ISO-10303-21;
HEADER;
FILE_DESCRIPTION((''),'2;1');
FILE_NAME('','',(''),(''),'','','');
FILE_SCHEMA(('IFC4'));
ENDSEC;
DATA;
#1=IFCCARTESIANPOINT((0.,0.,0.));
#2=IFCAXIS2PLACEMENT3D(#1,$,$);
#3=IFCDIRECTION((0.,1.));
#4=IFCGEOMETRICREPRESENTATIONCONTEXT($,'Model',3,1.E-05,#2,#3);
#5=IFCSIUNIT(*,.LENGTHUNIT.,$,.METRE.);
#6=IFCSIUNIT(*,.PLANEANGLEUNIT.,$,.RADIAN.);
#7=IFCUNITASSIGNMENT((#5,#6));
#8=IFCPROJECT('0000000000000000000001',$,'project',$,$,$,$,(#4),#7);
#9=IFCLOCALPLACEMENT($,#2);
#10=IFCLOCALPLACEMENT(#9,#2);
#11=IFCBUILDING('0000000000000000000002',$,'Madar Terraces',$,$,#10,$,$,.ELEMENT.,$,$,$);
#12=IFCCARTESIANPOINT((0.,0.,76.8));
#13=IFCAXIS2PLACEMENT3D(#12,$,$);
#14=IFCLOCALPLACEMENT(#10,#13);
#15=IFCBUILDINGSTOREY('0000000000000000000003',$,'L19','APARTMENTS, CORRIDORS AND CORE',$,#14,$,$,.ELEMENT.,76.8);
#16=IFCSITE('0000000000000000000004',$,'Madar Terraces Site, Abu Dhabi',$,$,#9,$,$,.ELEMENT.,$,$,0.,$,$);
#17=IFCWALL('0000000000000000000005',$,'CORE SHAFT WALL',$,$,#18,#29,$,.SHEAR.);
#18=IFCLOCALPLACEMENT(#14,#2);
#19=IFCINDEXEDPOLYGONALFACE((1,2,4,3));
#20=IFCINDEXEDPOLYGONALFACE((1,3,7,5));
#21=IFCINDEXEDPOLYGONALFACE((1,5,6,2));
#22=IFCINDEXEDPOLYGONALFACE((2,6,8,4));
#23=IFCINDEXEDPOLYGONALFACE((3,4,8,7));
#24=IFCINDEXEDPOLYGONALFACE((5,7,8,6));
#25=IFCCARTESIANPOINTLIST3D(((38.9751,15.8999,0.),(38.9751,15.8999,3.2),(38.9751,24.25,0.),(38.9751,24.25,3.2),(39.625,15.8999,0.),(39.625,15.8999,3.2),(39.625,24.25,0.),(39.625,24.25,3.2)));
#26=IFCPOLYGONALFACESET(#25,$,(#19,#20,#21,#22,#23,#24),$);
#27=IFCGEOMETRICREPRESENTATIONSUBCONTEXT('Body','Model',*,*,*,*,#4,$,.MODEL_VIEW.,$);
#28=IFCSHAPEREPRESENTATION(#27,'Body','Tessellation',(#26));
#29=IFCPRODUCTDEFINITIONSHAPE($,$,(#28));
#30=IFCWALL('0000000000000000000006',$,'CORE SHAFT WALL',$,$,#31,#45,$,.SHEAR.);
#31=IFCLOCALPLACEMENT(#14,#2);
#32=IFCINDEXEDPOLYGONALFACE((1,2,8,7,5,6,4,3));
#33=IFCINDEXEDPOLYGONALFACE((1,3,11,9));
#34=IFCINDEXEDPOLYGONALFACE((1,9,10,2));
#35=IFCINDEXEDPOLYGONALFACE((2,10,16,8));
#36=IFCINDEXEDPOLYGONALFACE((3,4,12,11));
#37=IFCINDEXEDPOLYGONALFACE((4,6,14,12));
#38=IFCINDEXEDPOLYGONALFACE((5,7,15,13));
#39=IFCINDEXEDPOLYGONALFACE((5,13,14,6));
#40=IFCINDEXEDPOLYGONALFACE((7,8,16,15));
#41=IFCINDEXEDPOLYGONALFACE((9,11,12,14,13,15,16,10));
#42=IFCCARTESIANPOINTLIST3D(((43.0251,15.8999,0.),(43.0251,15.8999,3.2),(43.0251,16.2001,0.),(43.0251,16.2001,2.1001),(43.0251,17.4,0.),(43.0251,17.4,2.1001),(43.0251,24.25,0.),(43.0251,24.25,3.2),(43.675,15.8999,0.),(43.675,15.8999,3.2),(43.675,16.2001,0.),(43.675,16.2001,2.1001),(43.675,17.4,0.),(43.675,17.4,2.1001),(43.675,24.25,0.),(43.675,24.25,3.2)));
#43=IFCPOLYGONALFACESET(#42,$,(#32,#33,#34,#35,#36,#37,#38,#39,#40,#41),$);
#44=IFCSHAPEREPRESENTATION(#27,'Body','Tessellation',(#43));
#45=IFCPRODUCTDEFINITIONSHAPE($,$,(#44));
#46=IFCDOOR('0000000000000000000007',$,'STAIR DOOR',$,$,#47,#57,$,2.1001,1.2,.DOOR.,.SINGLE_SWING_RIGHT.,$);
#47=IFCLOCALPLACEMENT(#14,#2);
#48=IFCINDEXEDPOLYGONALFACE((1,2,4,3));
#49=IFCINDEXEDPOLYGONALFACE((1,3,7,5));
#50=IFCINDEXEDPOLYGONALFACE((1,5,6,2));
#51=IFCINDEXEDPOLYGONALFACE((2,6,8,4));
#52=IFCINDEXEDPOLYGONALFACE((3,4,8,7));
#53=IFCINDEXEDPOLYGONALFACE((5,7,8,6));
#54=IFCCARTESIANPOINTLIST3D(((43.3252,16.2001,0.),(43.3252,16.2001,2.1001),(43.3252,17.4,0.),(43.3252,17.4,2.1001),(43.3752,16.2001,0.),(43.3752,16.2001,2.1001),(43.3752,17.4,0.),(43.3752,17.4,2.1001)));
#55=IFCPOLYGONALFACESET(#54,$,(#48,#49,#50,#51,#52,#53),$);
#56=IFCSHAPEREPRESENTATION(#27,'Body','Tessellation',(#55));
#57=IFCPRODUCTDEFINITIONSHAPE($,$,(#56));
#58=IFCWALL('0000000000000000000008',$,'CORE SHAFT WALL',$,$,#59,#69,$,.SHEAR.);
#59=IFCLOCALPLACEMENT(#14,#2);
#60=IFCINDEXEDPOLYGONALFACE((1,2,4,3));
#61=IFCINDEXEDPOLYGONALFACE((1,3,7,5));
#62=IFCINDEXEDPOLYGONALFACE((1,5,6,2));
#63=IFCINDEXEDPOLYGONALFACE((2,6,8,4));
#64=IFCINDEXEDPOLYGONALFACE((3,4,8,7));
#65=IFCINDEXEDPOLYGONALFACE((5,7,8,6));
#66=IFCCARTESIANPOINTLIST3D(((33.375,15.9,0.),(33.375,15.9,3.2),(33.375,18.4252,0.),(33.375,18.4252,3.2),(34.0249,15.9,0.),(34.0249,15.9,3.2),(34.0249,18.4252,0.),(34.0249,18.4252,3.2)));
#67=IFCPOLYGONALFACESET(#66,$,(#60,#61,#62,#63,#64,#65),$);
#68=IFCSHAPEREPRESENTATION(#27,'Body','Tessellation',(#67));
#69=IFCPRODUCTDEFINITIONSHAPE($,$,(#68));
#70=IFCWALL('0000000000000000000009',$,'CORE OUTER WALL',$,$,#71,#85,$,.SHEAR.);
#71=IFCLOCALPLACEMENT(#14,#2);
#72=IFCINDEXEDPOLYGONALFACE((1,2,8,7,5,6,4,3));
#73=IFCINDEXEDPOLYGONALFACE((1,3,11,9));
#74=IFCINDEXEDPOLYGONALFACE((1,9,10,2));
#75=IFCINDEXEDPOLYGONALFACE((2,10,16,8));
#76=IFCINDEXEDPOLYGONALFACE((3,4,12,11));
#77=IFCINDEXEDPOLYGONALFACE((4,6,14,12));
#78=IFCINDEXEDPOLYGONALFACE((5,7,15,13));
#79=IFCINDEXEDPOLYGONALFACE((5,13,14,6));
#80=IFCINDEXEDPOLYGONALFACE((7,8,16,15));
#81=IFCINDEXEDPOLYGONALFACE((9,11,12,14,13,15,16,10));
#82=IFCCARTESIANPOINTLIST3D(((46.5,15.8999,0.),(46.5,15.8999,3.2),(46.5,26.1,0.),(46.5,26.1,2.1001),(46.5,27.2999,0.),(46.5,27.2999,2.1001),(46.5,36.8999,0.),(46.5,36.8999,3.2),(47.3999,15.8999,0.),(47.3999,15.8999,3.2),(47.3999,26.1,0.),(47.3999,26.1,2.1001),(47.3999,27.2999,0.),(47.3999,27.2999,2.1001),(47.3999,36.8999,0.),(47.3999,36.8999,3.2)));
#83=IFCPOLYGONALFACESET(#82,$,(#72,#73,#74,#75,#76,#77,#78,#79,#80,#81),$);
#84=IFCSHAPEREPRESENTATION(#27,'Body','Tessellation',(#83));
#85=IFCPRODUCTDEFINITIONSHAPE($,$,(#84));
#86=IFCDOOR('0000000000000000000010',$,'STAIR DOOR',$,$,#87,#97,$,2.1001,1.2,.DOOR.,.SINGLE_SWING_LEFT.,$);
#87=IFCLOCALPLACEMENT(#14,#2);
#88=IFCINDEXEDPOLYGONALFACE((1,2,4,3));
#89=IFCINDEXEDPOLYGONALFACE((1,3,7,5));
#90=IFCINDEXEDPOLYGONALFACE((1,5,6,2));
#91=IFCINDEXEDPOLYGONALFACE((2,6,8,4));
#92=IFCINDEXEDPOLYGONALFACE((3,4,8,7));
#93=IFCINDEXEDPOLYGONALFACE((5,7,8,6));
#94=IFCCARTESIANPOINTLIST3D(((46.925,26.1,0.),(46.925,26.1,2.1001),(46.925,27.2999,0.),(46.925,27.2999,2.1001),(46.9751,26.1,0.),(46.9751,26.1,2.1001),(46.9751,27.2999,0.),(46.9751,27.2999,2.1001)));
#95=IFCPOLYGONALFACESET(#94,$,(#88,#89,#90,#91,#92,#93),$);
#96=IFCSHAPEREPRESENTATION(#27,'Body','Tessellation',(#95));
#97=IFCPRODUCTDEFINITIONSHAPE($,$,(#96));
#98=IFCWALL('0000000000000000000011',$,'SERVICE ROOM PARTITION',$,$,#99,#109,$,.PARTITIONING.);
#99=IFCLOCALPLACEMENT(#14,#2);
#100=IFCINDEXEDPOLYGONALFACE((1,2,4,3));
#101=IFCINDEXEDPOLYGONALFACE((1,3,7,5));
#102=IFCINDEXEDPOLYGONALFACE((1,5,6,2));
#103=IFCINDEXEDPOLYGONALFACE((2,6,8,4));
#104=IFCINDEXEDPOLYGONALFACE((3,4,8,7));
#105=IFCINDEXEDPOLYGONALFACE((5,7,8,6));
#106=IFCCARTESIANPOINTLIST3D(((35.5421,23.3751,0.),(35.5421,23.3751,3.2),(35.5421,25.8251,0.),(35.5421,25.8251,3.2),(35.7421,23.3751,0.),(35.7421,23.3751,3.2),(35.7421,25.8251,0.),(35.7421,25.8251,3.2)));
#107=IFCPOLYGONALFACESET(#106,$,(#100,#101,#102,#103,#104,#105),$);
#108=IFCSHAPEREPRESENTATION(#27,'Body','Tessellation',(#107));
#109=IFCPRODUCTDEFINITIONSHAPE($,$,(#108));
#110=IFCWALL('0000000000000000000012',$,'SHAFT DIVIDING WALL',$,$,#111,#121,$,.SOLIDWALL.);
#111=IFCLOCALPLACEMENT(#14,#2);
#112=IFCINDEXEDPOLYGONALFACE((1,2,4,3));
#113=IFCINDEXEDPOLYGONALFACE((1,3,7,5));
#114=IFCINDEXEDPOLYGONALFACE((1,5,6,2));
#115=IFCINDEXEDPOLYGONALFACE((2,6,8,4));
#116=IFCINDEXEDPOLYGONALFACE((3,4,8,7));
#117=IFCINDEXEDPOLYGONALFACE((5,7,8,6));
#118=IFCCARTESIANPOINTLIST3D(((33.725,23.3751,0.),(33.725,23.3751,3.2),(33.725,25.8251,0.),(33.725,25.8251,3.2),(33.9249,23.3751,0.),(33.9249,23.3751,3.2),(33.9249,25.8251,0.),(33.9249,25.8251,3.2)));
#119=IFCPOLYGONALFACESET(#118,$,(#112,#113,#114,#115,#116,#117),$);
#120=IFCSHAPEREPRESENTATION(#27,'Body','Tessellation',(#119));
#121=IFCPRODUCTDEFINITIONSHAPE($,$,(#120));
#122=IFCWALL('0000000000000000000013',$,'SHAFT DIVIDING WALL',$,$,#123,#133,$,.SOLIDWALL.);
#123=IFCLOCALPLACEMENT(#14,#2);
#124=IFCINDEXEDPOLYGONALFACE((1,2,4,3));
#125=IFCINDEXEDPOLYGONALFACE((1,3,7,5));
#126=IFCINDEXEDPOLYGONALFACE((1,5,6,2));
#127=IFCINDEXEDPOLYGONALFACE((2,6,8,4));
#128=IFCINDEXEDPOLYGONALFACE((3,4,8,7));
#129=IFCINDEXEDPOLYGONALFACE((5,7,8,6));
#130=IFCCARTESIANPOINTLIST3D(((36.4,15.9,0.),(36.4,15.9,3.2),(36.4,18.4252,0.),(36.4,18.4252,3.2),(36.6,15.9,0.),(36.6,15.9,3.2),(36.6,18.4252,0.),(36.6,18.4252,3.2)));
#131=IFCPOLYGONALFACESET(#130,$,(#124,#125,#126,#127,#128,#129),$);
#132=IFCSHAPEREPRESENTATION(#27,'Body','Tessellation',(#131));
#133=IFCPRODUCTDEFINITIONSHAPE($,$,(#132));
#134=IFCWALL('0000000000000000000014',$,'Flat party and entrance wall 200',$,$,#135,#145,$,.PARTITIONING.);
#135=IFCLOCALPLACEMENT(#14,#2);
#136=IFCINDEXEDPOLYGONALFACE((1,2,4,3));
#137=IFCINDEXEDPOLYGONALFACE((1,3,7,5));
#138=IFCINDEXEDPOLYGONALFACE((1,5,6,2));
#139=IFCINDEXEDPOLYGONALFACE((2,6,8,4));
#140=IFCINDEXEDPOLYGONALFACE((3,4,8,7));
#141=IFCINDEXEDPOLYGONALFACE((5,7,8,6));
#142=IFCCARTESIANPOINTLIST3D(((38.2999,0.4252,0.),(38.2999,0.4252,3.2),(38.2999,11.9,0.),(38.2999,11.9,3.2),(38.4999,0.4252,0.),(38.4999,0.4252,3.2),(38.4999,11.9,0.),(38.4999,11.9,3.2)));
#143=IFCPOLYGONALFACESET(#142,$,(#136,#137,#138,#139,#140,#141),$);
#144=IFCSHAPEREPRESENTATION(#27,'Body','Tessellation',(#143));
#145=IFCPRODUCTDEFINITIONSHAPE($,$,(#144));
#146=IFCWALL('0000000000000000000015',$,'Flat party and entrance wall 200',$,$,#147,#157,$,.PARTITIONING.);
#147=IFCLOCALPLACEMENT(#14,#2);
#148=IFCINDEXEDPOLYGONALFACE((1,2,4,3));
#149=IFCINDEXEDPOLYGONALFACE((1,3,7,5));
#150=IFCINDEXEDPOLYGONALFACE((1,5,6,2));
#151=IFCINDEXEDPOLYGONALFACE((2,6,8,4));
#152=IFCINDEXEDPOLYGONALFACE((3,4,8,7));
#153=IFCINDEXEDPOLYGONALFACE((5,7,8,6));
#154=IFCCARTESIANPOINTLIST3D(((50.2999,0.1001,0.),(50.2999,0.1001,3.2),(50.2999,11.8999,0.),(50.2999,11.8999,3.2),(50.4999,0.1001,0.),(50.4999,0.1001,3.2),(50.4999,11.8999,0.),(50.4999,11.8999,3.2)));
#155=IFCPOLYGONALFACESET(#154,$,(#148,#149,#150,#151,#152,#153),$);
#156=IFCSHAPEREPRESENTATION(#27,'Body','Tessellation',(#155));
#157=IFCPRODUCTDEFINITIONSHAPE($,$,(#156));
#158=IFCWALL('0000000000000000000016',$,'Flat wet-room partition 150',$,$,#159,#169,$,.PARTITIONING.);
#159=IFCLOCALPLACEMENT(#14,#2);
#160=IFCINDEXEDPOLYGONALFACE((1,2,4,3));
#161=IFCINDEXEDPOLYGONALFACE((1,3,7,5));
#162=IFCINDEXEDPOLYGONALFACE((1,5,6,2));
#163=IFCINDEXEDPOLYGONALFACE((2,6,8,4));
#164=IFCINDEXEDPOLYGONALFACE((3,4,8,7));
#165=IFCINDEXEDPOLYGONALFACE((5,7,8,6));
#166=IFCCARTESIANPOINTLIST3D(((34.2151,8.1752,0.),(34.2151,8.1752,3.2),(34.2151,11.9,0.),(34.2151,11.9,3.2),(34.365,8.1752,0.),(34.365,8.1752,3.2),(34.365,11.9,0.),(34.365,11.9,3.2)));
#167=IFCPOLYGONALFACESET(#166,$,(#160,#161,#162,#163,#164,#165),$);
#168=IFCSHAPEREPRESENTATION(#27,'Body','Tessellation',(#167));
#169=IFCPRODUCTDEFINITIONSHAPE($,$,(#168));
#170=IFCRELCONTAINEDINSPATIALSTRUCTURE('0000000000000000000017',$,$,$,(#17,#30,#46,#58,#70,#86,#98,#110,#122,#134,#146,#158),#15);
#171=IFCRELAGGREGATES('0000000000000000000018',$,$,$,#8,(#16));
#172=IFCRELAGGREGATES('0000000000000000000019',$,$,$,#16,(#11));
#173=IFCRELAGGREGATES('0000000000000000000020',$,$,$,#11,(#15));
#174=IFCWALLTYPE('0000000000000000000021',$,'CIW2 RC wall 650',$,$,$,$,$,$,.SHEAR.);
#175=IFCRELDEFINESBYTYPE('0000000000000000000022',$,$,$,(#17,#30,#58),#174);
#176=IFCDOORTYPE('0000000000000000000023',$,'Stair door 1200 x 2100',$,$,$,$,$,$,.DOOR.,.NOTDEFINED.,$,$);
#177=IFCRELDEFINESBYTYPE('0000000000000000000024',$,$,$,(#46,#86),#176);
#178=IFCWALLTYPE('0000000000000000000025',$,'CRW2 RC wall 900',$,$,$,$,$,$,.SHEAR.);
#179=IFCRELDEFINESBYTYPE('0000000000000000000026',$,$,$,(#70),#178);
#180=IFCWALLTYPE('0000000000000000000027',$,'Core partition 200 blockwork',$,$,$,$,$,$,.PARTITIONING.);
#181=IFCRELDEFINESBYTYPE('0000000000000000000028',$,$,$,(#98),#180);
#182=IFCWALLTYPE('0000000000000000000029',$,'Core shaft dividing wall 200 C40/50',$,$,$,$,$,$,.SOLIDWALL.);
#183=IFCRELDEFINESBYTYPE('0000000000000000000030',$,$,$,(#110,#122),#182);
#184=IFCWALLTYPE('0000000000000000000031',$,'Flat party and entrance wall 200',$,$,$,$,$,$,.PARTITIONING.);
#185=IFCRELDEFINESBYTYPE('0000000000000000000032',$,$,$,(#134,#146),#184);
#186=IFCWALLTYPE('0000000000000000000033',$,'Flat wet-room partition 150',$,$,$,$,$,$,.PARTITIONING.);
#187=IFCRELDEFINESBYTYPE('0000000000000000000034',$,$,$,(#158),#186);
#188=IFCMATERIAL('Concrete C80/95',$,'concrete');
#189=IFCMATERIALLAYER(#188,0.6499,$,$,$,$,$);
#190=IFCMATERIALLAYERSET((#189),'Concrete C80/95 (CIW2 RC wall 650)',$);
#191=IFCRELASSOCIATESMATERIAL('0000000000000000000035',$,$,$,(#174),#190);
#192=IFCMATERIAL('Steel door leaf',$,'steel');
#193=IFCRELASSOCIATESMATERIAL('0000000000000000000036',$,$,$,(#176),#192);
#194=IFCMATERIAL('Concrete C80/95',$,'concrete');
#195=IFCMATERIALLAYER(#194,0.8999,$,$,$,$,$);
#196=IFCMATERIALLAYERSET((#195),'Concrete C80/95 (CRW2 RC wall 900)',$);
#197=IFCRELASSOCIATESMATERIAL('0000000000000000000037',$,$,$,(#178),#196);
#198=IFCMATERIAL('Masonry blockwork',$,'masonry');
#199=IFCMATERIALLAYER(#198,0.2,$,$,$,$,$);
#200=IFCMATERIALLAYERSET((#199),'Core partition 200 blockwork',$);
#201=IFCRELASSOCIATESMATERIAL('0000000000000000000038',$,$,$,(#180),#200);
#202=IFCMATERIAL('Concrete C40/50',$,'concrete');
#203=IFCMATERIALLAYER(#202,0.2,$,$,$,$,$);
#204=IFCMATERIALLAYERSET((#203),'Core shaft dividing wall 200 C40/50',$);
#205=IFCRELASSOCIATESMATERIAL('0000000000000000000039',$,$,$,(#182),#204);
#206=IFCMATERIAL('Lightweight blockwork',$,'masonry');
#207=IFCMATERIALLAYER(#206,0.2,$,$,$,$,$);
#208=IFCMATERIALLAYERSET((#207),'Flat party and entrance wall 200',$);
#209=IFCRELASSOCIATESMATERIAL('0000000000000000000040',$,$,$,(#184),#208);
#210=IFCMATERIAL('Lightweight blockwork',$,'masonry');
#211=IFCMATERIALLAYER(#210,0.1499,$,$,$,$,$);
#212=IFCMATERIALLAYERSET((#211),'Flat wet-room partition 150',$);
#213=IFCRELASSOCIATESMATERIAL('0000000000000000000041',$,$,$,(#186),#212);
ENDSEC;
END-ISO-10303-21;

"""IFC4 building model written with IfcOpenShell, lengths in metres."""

from ifc_helpers import new_model, si_unit, direction, frame, frame_2d, origin, place, context, subcontext, project, spatial, rectangle, extrude, material, layer, layer_set, type_object, element, fill, save


model = new_model("IFC4")

# Units and contexts
model_context = context("Model", 3, precision=1e-05, world=origin(), true_north=direction((0.0, 1.0)))
body_context = subcontext(model_context, "Body", "Model", "MODEL_VIEW")
ifc_project = project(units=[si_unit("LENGTHUNIT", "METRE"), si_unit("PLANEANGLEUNIT", "RADIAN")], contexts=[model_context])

# Site, building, storey
site_placement = place(None, origin())
site = spatial("IfcSite", under=ifc_project, at=site_placement, Name="Madar Terraces Site, Abu Dhabi", CompositionType="ELEMENT", RefElevation=0.0)
building_placement = place(site_placement, origin())
building = spatial("IfcBuilding", under=site, at=building_placement, Name="Madar Terraces", CompositionType="ELEMENT")
storey_placement = place(building_placement, frame((0.0, 0.0, 76.8)))
storey = spatial("IfcBuildingStorey", under=building, at=storey_placement, Name="L19", Description="APARTMENTS, CORRIDORS AND CORE", CompositionType="ELEMENT", Elevation=76.8)

# Wall
ifc_material_1 = material(Name="Concrete C80/95", Category="concrete")
ifc_layer_1 = layer(ifc_material_1, 0.6499)
ifc_layer_set_1 = layer_set([ifc_layer_1], Name="Concrete C80/95 (CIW2 RC wall 650)")
wall_type_1 = type_object("IfcWallType", Name="CIW2 RC wall 650", PredefinedType="SHEAR", material=ifc_layer_set_1)
wall_1_placement = place(storey_placement, frame((39.3, 15.8999, 0.0), z_axis=(0.0, 0.0, 1.0), x_axis=(0.0, 1.0, 0.0)))
element("IfcWall", 1, at=wall_1_placement, inside=storey, type_object=wall_type_1, Name="CORE SHAFT WALL", PredefinedType="SHEAR", context=body_context, shape_type="SweptSolid", body=[
    extrude(rectangle(XDim=8.3501, YDim=0.6499, at=frame_2d((4.175, 0.0))), origin(), (0.0, 0.0, 1.0), 3.2),
])

# Wall, opening, door
wall_2_placement = place(storey_placement, frame((43.3501, 15.8999, 0.0), z_axis=(0.0, 0.0, 1.0), x_axis=(0.0, 1.0, 0.0)))
wall_2 = element("IfcWall", 2, at=wall_2_placement, inside=storey, type_object=wall_type_1, Name="CORE SHAFT WALL", PredefinedType="SHEAR", context=body_context, shape_type="SweptSolid", body=[
    extrude(rectangle(XDim=8.3501, YDim=0.6499, at=frame_2d((4.175, 0.0))), origin(), (0.0, 0.0, 1.0), 3.2),
])
opening_1_placement = place(wall_2_placement, frame((0.3, 0.0, 0.0)))
opening_1 = element("IfcOpeningElement", 3, at=opening_1_placement, cuts=wall_2, PredefinedType="OPENING", context=body_context, shape_type="SweptSolid", body=[
    extrude(rectangle(XDim=1.2, YDim=2.1001, at=frame_2d((0.6001, 1.05))), frame((0.0, 0.335, 0.0), z_axis=(0.0, -1.0, 0.0), x_axis=(1.0, 0.0, 0.0)), (0.0, 0.0, 1.0), 0.6699),
])
ifc_material_2 = material(Name="Steel door leaf", Category="steel")
door_type_1 = type_object("IfcDoorType", Name="Stair door 1200 x 2100", OperationType="NOTDEFINED", PredefinedType="DOOR", material=ifc_material_2)
door_1_placement = place(opening_1_placement, origin())
door_1 = element("IfcDoor", 4, at=door_1_placement, inside=storey, type_object=door_type_1, Name="STAIR DOOR", OperationType="SINGLE_SWING_RIGHT", OverallHeight=2.1001, OverallWidth=1.2, PredefinedType="DOOR", context=body_context, shape_type="SweptSolid", body=[
    extrude(rectangle(XDim=1.2, YDim=2.1001, at=frame_2d((0.6001, 1.05))), frame((0.0, 0.0249, 0.0), z_axis=(0.0, -1.0, 0.0), x_axis=(1.0, 0.0, 0.0)), (0.0, 0.0, 1.0), 0.05),
])
fill(opening_1, door_1)

# Wall
wall_3_placement = place(storey_placement, frame((33.7, 15.8999, 0.0), z_axis=(0.0, 0.0, 1.0), x_axis=(0.0, 1.0, 0.0)))
element("IfcWall", 5, at=wall_3_placement, inside=storey, type_object=wall_type_1, Name="CORE SHAFT WALL", PredefinedType="SHEAR", context=body_context, shape_type="SweptSolid", body=[
    extrude(rectangle(XDim=2.5251, YDim=0.6499, at=frame_2d((1.2627, 0.0))), origin(), (0.0, 0.0, 1.0), 3.2),
])

# Wall, opening, door
ifc_material_3 = material(Name="Concrete C80/95", Category="concrete")
ifc_layer_2 = layer(ifc_material_3, 0.8999)
ifc_layer_set_2 = layer_set([ifc_layer_2], Name="Concrete C80/95 (CRW2 RC wall 900)")
wall_type_2 = type_object("IfcWallType", Name="CRW2 RC wall 900", PredefinedType="SHEAR", material=ifc_layer_set_2)
wall_4_placement = place(storey_placement, frame((46.95, 15.8999, 0.0), z_axis=(0.0, 0.0, 1.0), x_axis=(0.0, 1.0, 0.0)))
wall_4 = element("IfcWall", 6, at=wall_4_placement, inside=storey, type_object=wall_type_2, Name="CORE OUTER WALL", PredefinedType="SHEAR", context=body_context, shape_type="SweptSolid", body=[
    extrude(rectangle(XDim=21.0, YDim=0.8999, at=frame_2d((10.5, 0.0))), origin(), (0.0, 0.0, 1.0), 3.2),
])
opening_2_placement = place(wall_4_placement, frame((10.2, 0.0, 0.0)))
opening_2 = element("IfcOpeningElement", 7, at=opening_2_placement, cuts=wall_4, PredefinedType="OPENING", context=body_context, shape_type="SweptSolid", body=[
    extrude(rectangle(XDim=1.2, YDim=2.1001, at=frame_2d((0.6001, 1.05))), frame((0.0, 0.46, 0.0), z_axis=(0.0, -1.0, 0.0), x_axis=(1.0, 0.0, 0.0)), (0.0, 0.0, 1.0), 0.9199),
])
door_2_placement = place(opening_2_placement, origin())
door_2 = element("IfcDoor", 8, at=door_2_placement, inside=storey, type_object=door_type_1, Name="STAIR DOOR", OperationType="SINGLE_SWING_LEFT", OverallHeight=2.1001, OverallWidth=1.2, PredefinedType="DOOR", context=body_context, shape_type="SweptSolid", body=[
    extrude(rectangle(XDim=1.2, YDim=2.1001, at=frame_2d((0.6001, 1.05))), frame((0.0, 0.0249, 0.0), z_axis=(0.0, -1.0, 0.0), x_axis=(1.0, 0.0, 0.0)), (0.0, 0.0, 1.0), 0.05),
])
fill(opening_2, door_2)

# Walls
ifc_material_4 = material(Name="Masonry blockwork", Category="masonry")
ifc_layer_3 = layer(ifc_material_4, 0.2)
ifc_layer_set_3 = layer_set([ifc_layer_3], Name="Core partition 200 blockwork")
wall_type_3 = type_object("IfcWallType", Name="Core partition 200 blockwork", PredefinedType="PARTITIONING", material=ifc_layer_set_3)
wall_5_placement = place(storey_placement, frame((35.6421, 23.375, 0.0), z_axis=(0.0, 0.0, 1.0), x_axis=(0.0, 1.0, 0.0)))
element("IfcWall", 9, at=wall_5_placement, inside=storey, type_object=wall_type_3, Name="SERVICE ROOM PARTITION", PredefinedType="PARTITIONING", context=body_context, shape_type="SweptSolid", body=[
    extrude(rectangle(XDim=2.45, YDim=0.2, at=frame_2d((1.2251, 0.0))), origin(), (0.0, 0.0, 1.0), 3.2),
])
ifc_material_5 = material(Name="Concrete C40/50", Category="concrete")
ifc_layer_4 = layer(ifc_material_5, 0.2)
ifc_layer_set_4 = layer_set([ifc_layer_4], Name="Core shaft dividing wall 200 C40/50")
wall_type_4 = type_object("IfcWallType", Name="Core shaft dividing wall 200 C40/50", PredefinedType="SOLIDWALL", material=ifc_layer_set_4)
wall_6_placement = place(storey_placement, frame((33.825, 23.375, 0.0), z_axis=(0.0, 0.0, 1.0), x_axis=(0.0, 1.0, 0.0)))
element("IfcWall", 10, at=wall_6_placement, inside=storey, type_object=wall_type_4, Name="SHAFT DIVIDING WALL", PredefinedType="SOLIDWALL", context=body_context, shape_type="SweptSolid", body=[
    extrude(rectangle(XDim=2.45, YDim=0.2, at=frame_2d((1.2251, 0.0))), origin(), (0.0, 0.0, 1.0), 3.2),
])
wall_7_placement = place(storey_placement, frame((36.5, 15.8999, 0.0), z_axis=(0.0, 0.0, 1.0), x_axis=(0.0, 1.0, 0.0)))
element("IfcWall", 11, at=wall_7_placement, inside=storey, type_object=wall_type_4, Name="SHAFT DIVIDING WALL", PredefinedType="SOLIDWALL", context=body_context, shape_type="SweptSolid", body=[
    extrude(rectangle(XDim=2.5251, YDim=0.2, at=frame_2d((1.2627, 0.0))), origin(), (0.0, 0.0, 1.0), 3.2),
])
ifc_material_6 = material(Name="Lightweight blockwork", Category="masonry")
ifc_layer_5 = layer(ifc_material_6, 0.2)
ifc_layer_set_5 = layer_set([ifc_layer_5], Name="Flat party and entrance wall 200")
wall_type_5 = type_object("IfcWallType", Name="Flat party and entrance wall 200", PredefinedType="PARTITIONING", material=ifc_layer_set_5)
wall_8_placement = place(storey_placement, frame((38.3999, 11.8999, 0.0), z_axis=(0.0, 0.0, 1.0), x_axis=(0.0, -1.0, 0.0)))
element("IfcWall", 12, at=wall_8_placement, inside=storey, type_object=wall_type_5, Name="Flat party and entrance wall 200", PredefinedType="PARTITIONING", context=body_context, shape_type="SweptSolid", body=[
    extrude(rectangle(XDim=11.4749, YDim=0.2, at=frame_2d((5.7373, 0.0))), origin(), (0.0, 0.0, 1.0), 3.2),
])
wall_9_placement = place(storey_placement, frame((50.3999, 11.8999, 0.0), z_axis=(0.0, 0.0, 1.0), x_axis=(0.0, -1.0, 0.0)))
element("IfcWall", 13, at=wall_9_placement, inside=storey, type_object=wall_type_5, Name="Flat party and entrance wall 200", PredefinedType="PARTITIONING", context=body_context, shape_type="SweptSolid", body=[
    extrude(rectangle(XDim=11.7998, YDim=0.2, at=frame_2d((5.8999, 0.0))), origin(), (0.0, 0.0, 1.0), 3.2),
])
ifc_material_7 = material(Name="Lightweight blockwork", Category="masonry")
ifc_layer_6 = layer(ifc_material_7, 0.1499)
ifc_layer_set_6 = layer_set([ifc_layer_6], Name="Flat wet-room partition 150")
wall_type_6 = type_object("IfcWallType", Name="Flat wet-room partition 150", PredefinedType="PARTITIONING", material=ifc_layer_set_6)
wall_10_placement = place(storey_placement, frame((34.29, 11.8999, 0.0), z_axis=(0.0, 0.0, 1.0), x_axis=(0.0, -1.0, 0.0)))
element("IfcWall", 14, at=wall_10_placement, inside=storey, type_object=wall_type_6, Name="Flat wet-room partition 150", PredefinedType="PARTITIONING", context=body_context, shape_type="SweptSolid", body=[
    extrude(rectangle(XDim=3.7249, YDim=0.1499, at=frame_2d((1.8623, 0.0))), origin(), (0.0, 0.0, 1.0), 3.2),
])

save(model, "model.ifc")
